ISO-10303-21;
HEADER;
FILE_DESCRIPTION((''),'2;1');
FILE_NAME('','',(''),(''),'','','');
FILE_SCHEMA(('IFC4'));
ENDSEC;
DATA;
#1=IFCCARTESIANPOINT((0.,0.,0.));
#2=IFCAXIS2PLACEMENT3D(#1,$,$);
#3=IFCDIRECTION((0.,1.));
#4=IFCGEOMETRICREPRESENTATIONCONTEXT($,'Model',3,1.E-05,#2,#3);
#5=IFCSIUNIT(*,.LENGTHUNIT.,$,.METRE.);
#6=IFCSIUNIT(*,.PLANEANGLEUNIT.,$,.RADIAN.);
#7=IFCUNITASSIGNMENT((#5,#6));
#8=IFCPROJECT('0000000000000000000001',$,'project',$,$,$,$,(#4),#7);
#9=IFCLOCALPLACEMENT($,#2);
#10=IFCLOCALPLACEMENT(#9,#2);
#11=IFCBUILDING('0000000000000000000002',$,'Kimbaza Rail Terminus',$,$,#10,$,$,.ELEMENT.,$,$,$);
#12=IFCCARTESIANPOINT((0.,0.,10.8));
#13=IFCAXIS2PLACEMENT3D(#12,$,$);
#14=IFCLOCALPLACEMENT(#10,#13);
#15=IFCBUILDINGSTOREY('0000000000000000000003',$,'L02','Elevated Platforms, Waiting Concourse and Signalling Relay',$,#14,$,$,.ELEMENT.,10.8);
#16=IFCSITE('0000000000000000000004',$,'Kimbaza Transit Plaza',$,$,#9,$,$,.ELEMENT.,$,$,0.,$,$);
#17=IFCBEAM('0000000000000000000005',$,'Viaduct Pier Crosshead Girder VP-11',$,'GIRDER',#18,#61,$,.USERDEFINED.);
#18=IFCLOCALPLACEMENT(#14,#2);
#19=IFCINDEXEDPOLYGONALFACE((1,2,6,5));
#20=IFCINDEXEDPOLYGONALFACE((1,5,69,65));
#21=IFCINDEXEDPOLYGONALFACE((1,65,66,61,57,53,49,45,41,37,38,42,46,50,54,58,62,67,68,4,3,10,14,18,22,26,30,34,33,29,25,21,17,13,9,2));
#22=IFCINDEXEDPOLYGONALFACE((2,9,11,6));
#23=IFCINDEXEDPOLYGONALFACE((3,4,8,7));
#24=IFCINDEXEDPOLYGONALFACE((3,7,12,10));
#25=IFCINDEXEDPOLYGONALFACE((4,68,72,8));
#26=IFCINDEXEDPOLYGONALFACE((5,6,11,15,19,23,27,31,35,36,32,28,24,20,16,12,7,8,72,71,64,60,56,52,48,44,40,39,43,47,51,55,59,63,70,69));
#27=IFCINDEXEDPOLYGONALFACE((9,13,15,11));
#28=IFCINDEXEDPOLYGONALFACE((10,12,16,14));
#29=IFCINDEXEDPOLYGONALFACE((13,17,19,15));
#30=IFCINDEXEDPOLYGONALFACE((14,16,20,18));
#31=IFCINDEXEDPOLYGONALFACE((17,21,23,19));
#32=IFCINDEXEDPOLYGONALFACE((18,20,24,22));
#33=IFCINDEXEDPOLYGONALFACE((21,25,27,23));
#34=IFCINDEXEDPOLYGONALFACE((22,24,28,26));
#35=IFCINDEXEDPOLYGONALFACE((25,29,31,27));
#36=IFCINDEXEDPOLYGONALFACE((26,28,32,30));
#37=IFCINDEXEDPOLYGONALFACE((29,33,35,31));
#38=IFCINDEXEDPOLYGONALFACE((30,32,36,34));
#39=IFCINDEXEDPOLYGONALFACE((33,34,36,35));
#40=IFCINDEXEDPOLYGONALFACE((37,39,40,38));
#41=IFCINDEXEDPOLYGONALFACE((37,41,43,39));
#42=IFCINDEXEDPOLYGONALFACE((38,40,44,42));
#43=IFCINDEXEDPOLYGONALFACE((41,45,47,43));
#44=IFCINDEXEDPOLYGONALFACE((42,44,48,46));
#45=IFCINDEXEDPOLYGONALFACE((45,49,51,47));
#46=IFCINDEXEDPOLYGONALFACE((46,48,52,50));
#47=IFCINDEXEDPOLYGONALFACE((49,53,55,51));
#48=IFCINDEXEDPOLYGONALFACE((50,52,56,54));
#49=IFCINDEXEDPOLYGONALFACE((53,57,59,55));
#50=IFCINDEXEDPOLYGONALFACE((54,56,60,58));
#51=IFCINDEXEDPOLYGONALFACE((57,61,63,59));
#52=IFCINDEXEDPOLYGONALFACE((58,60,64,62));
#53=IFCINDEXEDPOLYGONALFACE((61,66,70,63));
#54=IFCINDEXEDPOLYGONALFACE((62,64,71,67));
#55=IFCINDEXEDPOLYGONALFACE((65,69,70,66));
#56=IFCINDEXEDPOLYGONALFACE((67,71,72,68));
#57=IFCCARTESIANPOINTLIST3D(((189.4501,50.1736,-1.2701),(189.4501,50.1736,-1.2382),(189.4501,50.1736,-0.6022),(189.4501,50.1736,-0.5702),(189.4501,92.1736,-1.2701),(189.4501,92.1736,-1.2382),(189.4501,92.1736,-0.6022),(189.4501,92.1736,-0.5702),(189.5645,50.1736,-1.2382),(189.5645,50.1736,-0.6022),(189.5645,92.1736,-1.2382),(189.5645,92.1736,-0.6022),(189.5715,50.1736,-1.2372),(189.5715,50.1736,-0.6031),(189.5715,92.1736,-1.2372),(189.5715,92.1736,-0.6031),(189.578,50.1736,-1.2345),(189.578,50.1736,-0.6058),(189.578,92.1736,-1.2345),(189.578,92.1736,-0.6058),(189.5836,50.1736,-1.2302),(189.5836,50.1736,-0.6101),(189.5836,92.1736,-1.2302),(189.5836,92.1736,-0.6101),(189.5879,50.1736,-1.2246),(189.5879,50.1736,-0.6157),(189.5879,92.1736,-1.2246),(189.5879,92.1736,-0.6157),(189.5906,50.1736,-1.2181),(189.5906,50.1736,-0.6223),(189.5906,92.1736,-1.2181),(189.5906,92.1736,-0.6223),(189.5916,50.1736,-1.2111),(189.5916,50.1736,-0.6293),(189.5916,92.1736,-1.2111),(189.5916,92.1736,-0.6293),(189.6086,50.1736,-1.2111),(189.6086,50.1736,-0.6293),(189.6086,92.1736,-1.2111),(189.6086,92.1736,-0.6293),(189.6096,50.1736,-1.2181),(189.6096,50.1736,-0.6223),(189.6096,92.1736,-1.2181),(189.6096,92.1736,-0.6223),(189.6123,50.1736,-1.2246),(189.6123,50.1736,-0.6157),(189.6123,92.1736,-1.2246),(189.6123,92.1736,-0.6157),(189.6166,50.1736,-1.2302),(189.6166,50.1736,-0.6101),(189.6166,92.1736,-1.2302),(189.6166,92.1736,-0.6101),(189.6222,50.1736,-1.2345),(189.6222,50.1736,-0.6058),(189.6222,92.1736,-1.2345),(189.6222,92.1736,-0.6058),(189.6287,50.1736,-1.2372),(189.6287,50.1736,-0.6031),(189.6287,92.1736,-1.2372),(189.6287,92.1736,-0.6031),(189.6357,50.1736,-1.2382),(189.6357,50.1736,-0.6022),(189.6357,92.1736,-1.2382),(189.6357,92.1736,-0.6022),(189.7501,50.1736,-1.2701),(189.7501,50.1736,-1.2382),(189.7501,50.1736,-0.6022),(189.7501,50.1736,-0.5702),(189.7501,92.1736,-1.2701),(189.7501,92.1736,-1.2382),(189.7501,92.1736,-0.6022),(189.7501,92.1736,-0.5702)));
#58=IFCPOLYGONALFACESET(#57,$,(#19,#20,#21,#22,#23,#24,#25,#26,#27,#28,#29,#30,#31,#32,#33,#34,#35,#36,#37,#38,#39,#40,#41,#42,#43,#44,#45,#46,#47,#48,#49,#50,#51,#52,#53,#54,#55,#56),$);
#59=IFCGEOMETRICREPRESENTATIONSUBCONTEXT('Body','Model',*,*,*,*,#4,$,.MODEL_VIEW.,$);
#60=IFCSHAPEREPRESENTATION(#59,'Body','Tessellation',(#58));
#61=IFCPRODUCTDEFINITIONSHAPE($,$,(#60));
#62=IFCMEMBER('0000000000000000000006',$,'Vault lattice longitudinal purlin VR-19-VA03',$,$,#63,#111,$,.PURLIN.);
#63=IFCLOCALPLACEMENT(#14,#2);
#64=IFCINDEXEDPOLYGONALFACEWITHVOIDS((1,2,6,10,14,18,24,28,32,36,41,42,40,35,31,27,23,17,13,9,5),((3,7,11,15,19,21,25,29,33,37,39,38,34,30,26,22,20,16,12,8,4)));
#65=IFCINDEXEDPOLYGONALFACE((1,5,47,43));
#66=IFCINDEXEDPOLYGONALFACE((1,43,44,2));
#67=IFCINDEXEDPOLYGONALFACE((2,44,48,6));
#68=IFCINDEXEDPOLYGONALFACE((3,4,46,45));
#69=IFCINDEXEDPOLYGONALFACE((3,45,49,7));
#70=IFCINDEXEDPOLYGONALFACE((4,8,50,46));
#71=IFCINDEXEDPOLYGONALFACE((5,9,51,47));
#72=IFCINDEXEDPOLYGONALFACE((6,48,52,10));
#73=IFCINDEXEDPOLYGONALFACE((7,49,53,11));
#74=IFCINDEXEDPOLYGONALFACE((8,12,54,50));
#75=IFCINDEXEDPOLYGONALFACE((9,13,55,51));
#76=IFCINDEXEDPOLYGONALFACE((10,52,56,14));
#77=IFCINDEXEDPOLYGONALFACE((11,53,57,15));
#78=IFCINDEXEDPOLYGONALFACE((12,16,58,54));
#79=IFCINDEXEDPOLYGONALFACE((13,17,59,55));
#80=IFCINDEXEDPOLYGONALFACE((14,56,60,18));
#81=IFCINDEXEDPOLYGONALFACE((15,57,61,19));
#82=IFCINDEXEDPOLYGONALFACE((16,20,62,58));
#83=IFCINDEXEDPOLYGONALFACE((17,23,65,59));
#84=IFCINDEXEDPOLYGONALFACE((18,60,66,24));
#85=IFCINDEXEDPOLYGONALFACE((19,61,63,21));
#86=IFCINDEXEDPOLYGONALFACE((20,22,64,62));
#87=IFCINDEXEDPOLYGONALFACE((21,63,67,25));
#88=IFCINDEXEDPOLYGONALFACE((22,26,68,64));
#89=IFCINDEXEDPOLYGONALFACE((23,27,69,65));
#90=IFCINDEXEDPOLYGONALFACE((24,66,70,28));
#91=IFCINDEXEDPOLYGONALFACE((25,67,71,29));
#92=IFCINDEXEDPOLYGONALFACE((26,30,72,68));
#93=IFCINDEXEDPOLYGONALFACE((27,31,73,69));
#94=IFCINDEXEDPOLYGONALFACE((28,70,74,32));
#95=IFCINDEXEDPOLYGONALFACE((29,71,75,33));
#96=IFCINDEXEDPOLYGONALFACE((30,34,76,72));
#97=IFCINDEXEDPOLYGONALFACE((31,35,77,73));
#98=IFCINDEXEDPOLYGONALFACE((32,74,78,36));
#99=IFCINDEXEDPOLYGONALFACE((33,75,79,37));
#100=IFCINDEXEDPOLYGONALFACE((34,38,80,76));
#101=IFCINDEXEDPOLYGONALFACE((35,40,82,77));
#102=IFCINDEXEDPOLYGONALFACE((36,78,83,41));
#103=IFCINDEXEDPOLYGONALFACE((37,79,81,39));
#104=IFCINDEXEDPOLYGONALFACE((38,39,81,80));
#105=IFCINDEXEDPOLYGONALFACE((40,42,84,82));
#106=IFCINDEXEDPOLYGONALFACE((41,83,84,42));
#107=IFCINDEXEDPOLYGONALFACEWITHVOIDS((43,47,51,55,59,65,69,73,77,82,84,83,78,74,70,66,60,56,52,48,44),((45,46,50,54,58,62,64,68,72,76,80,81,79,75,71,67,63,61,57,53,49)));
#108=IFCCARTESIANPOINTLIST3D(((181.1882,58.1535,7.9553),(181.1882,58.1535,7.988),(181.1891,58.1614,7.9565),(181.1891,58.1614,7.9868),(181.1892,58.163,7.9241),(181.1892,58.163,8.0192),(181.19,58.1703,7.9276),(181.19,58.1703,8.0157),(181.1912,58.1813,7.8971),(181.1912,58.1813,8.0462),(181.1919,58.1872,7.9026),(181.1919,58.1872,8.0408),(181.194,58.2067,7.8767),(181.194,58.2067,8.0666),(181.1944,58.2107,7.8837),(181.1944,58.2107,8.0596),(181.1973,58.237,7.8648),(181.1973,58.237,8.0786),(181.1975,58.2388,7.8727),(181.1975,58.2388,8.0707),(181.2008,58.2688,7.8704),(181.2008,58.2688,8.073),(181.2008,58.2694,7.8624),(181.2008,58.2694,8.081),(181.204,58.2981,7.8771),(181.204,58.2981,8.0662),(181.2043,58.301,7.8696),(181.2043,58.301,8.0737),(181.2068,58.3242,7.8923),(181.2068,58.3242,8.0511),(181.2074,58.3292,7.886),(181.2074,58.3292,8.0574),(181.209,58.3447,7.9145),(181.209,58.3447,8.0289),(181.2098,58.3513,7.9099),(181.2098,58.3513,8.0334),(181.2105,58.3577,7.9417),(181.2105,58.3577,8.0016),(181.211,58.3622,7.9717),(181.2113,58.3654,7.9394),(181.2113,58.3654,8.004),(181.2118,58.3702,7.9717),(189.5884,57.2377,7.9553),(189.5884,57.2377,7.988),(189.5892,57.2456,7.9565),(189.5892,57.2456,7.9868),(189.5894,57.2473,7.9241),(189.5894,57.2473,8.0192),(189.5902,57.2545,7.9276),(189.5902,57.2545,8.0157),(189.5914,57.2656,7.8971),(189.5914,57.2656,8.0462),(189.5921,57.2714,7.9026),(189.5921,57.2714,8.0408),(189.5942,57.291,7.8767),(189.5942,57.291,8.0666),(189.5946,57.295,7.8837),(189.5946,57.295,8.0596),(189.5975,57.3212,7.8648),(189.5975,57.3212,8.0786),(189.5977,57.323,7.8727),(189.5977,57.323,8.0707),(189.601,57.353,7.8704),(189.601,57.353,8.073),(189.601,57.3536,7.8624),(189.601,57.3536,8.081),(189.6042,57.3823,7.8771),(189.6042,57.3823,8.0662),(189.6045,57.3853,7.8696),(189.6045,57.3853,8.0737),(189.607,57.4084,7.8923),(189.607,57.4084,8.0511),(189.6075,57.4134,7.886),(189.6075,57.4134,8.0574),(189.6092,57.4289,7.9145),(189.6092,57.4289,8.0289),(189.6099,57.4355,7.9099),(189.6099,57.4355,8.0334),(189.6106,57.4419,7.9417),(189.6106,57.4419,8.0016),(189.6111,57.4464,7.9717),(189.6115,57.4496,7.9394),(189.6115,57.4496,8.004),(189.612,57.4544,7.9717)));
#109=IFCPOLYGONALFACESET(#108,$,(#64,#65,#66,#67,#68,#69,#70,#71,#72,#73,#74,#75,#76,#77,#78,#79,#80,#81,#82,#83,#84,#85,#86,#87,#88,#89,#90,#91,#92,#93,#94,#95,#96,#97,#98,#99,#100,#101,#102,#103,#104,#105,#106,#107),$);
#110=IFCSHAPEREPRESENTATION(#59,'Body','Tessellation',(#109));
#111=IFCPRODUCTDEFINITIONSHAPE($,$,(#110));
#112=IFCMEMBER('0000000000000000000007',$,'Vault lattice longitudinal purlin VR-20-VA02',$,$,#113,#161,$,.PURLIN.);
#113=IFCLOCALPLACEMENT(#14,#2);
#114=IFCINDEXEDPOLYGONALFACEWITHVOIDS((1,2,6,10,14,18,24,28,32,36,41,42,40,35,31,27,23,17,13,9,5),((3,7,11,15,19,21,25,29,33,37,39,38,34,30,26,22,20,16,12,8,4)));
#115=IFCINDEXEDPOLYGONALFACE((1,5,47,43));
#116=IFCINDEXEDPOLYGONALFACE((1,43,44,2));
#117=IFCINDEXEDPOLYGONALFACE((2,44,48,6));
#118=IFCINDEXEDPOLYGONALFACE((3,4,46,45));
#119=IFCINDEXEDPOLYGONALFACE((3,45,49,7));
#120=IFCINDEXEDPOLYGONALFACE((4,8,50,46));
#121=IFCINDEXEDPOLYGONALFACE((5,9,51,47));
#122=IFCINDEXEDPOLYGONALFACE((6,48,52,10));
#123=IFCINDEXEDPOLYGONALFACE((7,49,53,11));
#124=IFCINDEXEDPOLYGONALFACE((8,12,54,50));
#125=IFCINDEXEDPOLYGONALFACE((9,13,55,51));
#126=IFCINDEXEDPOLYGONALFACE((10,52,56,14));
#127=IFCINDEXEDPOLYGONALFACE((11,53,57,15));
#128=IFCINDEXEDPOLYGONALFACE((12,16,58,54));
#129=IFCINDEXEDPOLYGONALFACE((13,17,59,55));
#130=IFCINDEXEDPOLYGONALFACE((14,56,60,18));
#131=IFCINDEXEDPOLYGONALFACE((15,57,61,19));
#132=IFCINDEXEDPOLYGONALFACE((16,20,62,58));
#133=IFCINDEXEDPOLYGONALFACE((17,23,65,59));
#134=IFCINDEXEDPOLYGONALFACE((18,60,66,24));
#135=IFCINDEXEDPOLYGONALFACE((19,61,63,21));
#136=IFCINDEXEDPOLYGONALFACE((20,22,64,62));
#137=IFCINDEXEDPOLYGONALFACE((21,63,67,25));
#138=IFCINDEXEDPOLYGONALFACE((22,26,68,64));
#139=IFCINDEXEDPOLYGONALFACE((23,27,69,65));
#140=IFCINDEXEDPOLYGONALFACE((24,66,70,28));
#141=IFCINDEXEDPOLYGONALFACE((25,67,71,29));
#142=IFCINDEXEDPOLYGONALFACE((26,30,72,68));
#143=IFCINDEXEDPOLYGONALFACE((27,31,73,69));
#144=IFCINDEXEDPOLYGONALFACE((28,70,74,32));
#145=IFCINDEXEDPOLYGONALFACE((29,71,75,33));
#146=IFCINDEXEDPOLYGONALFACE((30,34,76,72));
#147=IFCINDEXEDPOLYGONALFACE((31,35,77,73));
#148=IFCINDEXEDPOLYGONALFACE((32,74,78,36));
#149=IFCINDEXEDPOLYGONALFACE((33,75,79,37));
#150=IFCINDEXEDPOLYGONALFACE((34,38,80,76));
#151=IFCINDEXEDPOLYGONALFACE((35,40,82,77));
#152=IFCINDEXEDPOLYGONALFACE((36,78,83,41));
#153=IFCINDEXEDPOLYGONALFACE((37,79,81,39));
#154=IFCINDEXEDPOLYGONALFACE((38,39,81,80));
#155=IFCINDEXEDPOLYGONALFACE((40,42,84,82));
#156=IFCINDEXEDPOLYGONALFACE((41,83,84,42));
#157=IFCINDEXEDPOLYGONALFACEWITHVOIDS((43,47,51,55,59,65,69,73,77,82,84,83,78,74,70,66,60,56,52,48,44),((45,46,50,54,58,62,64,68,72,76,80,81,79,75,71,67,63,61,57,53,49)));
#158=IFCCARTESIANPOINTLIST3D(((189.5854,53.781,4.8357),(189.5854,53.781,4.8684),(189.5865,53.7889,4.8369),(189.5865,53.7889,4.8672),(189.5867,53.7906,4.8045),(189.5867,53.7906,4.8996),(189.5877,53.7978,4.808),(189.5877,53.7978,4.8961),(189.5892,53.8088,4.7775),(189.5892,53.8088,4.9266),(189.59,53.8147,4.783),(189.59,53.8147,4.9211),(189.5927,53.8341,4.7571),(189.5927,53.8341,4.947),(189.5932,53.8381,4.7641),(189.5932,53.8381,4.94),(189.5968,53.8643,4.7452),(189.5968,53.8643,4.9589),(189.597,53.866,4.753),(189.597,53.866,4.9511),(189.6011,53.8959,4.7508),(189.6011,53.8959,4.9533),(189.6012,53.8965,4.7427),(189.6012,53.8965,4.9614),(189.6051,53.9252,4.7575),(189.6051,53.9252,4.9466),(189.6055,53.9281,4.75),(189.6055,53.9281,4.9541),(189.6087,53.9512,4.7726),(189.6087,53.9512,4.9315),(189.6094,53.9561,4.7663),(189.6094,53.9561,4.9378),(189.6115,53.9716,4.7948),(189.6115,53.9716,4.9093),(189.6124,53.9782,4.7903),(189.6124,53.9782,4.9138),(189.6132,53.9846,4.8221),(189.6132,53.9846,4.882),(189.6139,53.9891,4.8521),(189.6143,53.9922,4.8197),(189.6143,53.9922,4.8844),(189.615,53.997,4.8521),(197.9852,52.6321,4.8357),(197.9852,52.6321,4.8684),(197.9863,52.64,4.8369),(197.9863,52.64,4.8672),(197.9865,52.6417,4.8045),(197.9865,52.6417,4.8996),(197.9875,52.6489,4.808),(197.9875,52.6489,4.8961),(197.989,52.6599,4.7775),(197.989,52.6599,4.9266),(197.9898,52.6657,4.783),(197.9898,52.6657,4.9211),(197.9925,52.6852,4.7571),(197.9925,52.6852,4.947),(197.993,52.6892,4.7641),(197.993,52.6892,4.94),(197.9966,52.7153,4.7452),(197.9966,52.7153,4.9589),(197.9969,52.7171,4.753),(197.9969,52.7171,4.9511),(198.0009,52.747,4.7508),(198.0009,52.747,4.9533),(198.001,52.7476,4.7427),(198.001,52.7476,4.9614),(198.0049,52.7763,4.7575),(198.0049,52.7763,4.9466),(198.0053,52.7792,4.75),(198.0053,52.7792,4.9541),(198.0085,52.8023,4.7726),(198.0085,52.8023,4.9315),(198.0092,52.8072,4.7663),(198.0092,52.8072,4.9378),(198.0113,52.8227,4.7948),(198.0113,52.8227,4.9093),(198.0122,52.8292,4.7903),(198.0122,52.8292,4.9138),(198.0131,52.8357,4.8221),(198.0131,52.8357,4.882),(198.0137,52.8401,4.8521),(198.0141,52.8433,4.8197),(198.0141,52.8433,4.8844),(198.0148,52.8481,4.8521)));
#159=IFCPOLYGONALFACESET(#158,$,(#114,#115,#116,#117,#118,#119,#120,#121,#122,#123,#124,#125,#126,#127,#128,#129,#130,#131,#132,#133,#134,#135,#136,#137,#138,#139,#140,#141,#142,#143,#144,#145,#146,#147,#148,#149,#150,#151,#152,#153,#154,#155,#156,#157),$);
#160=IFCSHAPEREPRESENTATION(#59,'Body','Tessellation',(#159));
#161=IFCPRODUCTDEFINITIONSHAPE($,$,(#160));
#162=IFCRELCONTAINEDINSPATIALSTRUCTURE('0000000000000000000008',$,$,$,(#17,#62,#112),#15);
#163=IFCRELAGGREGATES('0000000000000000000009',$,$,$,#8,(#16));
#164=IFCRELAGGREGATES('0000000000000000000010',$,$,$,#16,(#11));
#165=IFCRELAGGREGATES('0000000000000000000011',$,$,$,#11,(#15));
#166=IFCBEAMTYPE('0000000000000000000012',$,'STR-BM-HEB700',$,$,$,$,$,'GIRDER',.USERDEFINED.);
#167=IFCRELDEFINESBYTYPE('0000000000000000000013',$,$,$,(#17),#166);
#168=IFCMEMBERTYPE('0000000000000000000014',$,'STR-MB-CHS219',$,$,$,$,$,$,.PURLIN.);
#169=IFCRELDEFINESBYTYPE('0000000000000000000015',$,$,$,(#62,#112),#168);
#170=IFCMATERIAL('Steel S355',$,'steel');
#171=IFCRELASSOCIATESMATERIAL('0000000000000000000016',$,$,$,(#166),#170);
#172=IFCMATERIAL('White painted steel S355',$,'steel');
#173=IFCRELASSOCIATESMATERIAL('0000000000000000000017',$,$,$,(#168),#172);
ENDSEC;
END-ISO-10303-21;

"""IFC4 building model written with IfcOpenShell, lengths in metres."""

from ifc_helpers import new_model, si_unit, direction, frame, origin, origin_2d, place, context, subcontext, project, spatial, hollow_circle, i_section, extrude, material, material_profile, profile_set, type_object, element, save


model = new_model("IFC4")

# Units and contexts
model_context = context("Model", 3, precision=1e-05, world=origin(), true_north=direction((0.0, 1.0)))
body_context = subcontext(model_context, "Body", "Model", "MODEL_VIEW")
ifc_project = project(units=[si_unit("LENGTHUNIT", "METRE"), si_unit("PLANEANGLEUNIT", "RADIAN")], contexts=[model_context])

# Site, building, storey
site_placement = place(None, origin())
site = spatial("IfcSite", under=ifc_project, at=site_placement, Name="Kimbaza Transit Plaza", CompositionType="ELEMENT", RefElevation=0.0)
building_placement = place(site_placement, origin())
building = spatial("IfcBuilding", under=site, at=building_placement, Name="Kimbaza Rail Terminus", CompositionType="ELEMENT")
storey_placement = place(building_placement, frame((0.0, 0.0, 10.8)))
storey = spatial("IfcBuildingStorey", under=building, at=storey_placement, Name="L02", Description="Elevated Platforms, Waiting Concourse and Signalling Relay", CompositionType="ELEMENT", Elevation=10.8)

# Beam
ifc_material_1 = material(Name="Steel S355", Category="steel")
ifc_material_profile_1 = material_profile(ifc_material_1, i_section(OverallWidth=0.3, OverallDepth=0.7, WebThickness=0.0171, FlangeThickness=0.032, FilletRadius=0.0271, at=origin_2d()), Name="HEB 700")
ifc_profile_set_1 = profile_set([ifc_material_profile_1], Name="Steel S355")
beam_type = type_object("IfcBeamType", Name="STR-BM-HEB700", ElementType="GIRDER", PredefinedType="USERDEFINED", material=ifc_profile_set_1)
beam_placement = place(storey_placement, frame((189.6001, 50.1736, -0.9202), z_axis=(0.0, 1.0, 0.0), x_axis=(-1.0, 0.0, 0.0)))
element("IfcBeam", 1, at=beam_placement, inside=storey, type_object=beam_type, Name="Viaduct Pier Crosshead Girder VP-11", ObjectType="GIRDER", PredefinedType="USERDEFINED", context=body_context, shape_type="SweptSolid", body=[
    extrude(i_section(OverallWidth=0.3, OverallDepth=0.7, WebThickness=0.0171, FlangeThickness=0.032, FilletRadius=0.0271, at=origin_2d()), origin(), (0.0, 0.0, 1.0), 42.0),
])

# Members
ifc_material_2 = material(Name="White painted steel S355", Category="steel")
ifc_material_profile_2 = material_profile(ifc_material_2, hollow_circle(Radius=0.1096, WallThickness=0.0081, at=origin_2d()), Name="CHS 219.1x8")
ifc_profile_set_2 = profile_set([ifc_material_profile_2], Name="White painted steel S355")
member_type_1 = type_object("IfcMemberType", Name="STR-MB-CHS219", PredefinedType="PURLIN", material=ifc_profile_set_2)
member_1_placement = place(storey_placement, frame((181.2, 58.2612, 7.9717), z_axis=(0.99411, -0.108376, 0.0), x_axis=(0.108376, 0.99411, 0.0)))
element("IfcMember", 2, at=member_1_placement, inside=storey, type_object=member_type_1, Name="Vault lattice longitudinal purlin VR-19-VA03", PredefinedType="PURLIN", context=body_context, shape_type="SweptSolid", body=[
    extrude(hollow_circle(Radius=0.1096, WallThickness=0.0081, at=origin_2d()), origin(), (0.0, 0.0, 1.0), 8.45),
])
member_2_placement = place(storey_placement, frame((189.6001, 53.8884, 4.8521), z_axis=(0.990775, -0.135517, 0.0), x_axis=(0.135517, 0.990775, 0.0)))
element("IfcMember", 3, at=member_2_placement, inside=storey, type_object=member_type_1, Name="Vault lattice longitudinal purlin VR-20-VA02", PredefinedType="PURLIN", context=body_context, shape_type="SweptSolid", body=[
    extrude(hollow_circle(Radius=0.1096, WallThickness=0.0081, at=origin_2d()), origin(), (0.0, 0.0, 1.0), 8.478),
])

save(model, "model.ifc")
